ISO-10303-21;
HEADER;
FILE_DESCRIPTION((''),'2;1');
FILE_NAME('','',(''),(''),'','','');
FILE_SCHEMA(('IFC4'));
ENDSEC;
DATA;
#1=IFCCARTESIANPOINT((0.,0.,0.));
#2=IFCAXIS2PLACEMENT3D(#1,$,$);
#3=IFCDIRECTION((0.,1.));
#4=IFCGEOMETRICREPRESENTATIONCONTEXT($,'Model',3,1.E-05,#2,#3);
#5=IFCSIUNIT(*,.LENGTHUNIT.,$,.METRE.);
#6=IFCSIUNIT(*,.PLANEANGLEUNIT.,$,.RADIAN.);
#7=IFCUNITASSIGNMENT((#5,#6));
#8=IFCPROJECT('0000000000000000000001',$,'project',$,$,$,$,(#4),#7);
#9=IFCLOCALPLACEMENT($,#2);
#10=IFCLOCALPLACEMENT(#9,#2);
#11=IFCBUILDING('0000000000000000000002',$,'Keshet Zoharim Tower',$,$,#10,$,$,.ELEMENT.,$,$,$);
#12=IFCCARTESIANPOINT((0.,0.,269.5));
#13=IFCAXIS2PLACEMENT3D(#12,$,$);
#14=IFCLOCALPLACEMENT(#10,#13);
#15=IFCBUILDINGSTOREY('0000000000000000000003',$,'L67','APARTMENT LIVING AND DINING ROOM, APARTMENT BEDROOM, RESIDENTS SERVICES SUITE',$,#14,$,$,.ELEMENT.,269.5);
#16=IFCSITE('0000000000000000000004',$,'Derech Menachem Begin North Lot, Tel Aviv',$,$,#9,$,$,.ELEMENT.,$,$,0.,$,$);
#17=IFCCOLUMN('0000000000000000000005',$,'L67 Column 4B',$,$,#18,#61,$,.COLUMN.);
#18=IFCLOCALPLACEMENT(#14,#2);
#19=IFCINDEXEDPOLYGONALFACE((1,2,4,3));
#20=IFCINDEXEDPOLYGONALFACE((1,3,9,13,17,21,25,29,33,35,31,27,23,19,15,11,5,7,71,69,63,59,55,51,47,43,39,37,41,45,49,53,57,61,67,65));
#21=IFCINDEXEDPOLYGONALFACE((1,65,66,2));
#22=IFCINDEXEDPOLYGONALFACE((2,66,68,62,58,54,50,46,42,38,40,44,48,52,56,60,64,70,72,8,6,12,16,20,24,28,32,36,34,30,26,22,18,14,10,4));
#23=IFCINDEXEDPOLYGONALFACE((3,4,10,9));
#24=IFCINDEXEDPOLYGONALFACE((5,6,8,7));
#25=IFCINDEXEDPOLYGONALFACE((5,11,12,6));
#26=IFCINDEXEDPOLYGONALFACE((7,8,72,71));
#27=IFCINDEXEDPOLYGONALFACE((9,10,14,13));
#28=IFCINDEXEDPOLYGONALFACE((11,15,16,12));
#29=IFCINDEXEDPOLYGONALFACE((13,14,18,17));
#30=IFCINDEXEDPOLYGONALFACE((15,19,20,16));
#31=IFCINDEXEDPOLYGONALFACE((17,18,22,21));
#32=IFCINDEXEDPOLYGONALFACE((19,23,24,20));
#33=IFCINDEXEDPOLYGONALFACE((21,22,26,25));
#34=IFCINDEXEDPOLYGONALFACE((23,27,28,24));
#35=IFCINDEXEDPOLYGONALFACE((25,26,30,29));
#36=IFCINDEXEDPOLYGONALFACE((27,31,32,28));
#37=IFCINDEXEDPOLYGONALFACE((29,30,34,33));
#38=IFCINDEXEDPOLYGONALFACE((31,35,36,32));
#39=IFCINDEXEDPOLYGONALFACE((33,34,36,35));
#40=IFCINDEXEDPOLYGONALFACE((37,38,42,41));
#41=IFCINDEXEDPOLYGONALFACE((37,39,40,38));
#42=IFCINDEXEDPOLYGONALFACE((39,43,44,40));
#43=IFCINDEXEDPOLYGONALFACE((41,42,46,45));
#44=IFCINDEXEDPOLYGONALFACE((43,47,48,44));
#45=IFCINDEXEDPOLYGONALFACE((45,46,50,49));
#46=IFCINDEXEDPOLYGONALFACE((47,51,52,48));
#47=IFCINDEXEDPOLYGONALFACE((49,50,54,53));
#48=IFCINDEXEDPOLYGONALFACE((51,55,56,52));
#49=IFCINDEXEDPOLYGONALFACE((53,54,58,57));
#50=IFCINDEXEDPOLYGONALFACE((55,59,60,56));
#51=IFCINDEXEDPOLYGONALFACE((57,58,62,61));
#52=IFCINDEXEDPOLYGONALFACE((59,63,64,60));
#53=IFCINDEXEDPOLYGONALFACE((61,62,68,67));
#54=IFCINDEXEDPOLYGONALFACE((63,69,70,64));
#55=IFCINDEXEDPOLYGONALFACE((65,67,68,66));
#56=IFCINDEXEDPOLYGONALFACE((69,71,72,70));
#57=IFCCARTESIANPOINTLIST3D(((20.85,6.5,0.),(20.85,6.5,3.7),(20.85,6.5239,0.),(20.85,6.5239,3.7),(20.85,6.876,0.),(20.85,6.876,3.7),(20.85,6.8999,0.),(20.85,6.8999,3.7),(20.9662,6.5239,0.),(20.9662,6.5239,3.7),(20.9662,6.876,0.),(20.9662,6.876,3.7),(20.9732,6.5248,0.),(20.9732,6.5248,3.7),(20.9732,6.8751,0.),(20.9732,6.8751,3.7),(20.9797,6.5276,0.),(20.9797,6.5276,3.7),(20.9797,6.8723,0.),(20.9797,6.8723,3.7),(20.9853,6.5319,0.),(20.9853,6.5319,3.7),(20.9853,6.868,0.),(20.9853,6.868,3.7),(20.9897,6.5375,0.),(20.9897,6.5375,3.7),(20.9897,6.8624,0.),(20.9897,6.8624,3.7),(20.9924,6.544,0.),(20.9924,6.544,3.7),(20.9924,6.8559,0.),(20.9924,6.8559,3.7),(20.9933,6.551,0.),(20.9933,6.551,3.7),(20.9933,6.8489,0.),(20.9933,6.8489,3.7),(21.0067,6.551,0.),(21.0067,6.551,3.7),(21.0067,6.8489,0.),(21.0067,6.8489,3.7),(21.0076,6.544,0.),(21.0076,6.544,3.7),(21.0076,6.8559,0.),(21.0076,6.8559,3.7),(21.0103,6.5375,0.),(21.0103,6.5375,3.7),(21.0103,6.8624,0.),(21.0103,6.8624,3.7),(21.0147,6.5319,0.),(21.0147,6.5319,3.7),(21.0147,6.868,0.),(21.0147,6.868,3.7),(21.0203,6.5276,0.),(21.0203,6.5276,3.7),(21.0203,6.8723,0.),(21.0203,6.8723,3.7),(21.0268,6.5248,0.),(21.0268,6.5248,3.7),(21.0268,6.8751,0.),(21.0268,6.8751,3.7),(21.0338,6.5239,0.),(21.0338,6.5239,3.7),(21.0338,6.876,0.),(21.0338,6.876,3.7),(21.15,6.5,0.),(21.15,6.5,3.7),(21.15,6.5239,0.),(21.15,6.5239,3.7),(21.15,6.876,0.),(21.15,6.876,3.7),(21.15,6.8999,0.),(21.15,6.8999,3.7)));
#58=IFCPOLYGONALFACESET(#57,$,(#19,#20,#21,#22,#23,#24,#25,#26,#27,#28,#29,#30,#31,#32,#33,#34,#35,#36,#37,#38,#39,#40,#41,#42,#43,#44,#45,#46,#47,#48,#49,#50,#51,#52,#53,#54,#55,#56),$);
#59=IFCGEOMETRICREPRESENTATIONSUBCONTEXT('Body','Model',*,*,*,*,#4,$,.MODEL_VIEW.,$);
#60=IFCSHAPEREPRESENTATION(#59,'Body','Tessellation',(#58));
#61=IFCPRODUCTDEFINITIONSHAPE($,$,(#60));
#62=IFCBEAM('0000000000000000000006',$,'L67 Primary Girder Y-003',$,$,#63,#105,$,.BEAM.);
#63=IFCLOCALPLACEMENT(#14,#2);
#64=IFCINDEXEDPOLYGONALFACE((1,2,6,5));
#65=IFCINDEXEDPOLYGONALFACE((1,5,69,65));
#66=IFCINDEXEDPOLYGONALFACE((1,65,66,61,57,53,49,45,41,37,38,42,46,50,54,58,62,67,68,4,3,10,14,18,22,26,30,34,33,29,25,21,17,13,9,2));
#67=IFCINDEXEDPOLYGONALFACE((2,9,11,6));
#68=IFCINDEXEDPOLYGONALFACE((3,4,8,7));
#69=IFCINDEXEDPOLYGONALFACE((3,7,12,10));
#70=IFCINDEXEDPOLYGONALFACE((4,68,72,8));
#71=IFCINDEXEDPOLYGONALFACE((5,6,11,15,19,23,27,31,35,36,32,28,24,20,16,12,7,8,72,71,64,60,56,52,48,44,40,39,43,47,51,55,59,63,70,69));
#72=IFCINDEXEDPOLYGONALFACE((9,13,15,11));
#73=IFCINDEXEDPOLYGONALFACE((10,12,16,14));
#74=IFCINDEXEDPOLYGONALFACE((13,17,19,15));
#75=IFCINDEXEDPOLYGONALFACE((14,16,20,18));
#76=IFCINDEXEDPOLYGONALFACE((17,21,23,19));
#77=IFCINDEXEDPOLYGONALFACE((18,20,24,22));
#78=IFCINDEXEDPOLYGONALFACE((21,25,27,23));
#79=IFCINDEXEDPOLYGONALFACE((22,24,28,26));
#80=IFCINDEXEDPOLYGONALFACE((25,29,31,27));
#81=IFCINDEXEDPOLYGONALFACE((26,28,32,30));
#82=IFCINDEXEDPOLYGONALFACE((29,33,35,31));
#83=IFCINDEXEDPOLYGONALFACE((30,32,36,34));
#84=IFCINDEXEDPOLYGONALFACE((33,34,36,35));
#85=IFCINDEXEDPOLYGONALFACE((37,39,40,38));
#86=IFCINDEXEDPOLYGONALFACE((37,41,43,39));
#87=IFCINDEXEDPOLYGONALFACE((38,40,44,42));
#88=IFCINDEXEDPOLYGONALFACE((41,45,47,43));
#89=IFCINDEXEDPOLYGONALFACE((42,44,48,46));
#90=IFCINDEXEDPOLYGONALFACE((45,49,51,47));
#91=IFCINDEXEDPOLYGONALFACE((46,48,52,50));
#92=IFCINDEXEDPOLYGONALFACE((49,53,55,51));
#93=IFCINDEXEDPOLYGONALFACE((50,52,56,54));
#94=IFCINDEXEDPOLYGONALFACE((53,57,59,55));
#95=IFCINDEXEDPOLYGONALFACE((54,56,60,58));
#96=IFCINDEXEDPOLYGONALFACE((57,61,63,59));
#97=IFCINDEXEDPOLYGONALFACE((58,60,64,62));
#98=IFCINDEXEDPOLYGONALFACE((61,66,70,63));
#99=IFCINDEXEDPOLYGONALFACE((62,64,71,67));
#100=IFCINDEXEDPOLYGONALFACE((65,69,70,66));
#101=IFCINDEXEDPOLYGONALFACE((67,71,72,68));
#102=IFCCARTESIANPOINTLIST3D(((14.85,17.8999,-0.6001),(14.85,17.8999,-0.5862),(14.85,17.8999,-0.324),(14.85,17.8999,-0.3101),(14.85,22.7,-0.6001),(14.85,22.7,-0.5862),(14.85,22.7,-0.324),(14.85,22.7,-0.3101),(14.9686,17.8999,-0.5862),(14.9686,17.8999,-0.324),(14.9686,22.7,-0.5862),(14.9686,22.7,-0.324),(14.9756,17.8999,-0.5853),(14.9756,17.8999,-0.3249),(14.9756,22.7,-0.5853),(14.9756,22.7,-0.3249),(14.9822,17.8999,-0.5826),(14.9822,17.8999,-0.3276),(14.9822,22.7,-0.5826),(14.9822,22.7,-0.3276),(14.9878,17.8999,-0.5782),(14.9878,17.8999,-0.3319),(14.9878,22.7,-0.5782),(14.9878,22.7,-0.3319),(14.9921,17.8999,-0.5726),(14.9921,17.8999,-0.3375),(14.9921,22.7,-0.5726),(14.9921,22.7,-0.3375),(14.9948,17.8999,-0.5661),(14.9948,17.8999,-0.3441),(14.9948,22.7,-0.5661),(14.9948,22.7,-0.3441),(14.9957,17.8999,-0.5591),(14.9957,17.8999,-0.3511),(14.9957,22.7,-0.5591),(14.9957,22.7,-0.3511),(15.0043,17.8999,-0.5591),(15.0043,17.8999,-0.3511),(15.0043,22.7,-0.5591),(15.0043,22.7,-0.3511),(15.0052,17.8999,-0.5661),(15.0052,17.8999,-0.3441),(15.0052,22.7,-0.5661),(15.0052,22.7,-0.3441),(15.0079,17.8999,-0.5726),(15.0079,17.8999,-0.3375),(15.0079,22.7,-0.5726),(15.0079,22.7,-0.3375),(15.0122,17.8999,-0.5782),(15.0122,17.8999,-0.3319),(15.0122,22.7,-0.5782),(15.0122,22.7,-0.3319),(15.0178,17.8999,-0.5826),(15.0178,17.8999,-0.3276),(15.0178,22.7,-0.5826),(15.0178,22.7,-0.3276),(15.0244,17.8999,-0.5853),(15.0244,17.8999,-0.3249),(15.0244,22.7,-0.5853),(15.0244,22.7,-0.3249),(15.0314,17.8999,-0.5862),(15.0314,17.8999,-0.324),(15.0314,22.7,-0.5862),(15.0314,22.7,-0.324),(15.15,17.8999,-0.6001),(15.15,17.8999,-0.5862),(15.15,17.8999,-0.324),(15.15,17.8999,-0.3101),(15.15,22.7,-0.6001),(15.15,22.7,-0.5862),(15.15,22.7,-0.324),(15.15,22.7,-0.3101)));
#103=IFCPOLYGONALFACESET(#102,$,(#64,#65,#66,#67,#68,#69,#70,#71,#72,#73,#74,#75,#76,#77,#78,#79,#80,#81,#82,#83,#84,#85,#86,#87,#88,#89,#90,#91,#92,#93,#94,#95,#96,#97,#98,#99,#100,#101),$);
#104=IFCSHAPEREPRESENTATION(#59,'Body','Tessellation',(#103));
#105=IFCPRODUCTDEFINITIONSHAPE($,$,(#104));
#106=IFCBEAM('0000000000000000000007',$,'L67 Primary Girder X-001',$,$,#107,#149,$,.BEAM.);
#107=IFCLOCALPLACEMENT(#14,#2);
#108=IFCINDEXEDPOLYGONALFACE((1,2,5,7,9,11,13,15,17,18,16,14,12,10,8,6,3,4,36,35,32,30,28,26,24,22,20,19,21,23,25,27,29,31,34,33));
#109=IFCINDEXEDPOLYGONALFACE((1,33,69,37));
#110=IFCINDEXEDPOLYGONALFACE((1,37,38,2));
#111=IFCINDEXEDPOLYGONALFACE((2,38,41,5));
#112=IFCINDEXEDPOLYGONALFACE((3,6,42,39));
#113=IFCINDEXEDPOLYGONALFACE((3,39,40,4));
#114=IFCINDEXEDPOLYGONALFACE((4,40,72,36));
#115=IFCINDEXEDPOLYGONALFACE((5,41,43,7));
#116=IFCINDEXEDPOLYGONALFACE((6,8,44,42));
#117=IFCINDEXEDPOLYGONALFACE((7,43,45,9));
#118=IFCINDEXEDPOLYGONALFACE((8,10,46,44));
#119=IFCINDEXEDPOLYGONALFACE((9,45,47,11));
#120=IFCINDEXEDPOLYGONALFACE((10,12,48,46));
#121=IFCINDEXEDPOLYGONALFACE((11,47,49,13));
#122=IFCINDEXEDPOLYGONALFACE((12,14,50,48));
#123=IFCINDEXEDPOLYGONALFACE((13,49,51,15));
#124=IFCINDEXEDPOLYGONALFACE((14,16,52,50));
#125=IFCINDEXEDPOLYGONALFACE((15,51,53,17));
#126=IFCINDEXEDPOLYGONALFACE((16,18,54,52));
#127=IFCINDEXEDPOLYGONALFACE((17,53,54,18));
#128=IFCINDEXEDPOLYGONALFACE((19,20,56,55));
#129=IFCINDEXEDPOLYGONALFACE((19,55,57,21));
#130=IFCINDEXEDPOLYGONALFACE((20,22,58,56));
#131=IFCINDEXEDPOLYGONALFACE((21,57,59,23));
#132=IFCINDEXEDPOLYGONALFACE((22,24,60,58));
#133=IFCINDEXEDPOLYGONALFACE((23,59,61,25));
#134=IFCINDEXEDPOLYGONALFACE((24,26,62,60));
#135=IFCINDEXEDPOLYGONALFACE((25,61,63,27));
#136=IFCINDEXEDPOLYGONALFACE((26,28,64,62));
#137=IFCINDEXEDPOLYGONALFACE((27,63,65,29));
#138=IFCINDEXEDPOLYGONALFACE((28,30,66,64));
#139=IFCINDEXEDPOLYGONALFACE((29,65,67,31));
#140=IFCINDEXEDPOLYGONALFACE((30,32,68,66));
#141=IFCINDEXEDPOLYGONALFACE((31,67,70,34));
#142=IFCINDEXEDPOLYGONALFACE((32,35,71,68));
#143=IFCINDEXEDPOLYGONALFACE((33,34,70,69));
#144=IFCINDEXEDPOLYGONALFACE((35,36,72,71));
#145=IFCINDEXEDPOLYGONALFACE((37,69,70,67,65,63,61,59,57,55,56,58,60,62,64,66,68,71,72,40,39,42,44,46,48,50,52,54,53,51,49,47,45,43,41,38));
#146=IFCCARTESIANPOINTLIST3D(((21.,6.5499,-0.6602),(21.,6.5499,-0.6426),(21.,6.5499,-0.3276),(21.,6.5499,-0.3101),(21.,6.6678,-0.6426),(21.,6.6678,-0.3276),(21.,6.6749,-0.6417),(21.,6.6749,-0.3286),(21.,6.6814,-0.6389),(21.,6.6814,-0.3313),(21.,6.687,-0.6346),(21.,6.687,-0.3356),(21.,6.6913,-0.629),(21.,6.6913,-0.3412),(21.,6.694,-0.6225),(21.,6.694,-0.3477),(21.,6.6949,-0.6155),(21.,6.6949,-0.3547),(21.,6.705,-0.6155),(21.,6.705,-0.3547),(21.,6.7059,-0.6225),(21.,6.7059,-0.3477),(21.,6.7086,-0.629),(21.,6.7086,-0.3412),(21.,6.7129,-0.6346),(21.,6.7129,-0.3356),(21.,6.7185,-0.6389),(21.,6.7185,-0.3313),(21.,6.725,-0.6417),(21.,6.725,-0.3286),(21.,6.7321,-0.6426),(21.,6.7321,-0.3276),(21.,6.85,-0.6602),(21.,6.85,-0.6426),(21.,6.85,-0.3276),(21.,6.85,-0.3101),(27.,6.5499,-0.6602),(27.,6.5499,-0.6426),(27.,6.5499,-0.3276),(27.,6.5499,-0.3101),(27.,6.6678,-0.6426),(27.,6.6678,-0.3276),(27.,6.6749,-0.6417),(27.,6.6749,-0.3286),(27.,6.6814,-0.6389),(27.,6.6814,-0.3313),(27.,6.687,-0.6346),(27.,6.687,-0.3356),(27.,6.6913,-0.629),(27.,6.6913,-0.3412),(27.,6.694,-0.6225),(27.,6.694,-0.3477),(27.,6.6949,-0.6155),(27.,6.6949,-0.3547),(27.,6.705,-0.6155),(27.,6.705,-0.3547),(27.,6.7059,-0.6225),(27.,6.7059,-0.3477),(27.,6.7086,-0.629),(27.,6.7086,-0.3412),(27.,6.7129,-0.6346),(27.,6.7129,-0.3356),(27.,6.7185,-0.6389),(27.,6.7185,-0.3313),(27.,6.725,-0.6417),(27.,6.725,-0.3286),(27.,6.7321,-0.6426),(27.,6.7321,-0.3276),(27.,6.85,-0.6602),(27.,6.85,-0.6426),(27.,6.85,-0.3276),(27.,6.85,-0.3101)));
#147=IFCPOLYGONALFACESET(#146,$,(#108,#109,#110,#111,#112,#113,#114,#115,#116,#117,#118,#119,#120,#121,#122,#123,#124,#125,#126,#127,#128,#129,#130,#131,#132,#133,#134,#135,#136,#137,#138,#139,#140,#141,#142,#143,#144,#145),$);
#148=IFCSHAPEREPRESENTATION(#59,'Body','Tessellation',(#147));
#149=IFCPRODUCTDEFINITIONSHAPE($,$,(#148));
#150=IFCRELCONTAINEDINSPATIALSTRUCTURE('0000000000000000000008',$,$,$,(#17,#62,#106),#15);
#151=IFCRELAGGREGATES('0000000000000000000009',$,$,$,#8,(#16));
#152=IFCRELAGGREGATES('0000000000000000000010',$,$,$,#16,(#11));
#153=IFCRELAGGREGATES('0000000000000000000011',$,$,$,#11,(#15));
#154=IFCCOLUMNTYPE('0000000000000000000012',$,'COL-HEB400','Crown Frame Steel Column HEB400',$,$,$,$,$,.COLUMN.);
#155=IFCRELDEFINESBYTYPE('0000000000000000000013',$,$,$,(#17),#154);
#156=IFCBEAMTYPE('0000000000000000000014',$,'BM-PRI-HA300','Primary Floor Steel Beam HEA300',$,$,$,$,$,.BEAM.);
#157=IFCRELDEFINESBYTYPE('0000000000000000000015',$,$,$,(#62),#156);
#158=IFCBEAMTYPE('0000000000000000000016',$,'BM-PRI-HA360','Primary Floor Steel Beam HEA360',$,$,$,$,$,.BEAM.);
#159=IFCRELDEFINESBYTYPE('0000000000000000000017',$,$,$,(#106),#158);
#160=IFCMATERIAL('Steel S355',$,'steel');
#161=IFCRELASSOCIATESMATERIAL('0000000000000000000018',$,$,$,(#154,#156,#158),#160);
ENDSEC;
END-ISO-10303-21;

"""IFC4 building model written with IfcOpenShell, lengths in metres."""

from ifc_helpers import new_model, si_unit, direction, frame, origin, origin_2d, place, context, subcontext, project, spatial, i_section, extrude, material, material_profile, profile_set, type_object, element, save


model = new_model("IFC4")

# Units and contexts
model_context = context("Model", 3, precision=1e-05, world=origin(), true_north=direction((0.0, 1.0)))
body_context = subcontext(model_context, "Body", "Model", "MODEL_VIEW")
ifc_project = project(units=[si_unit("LENGTHUNIT", "METRE"), si_unit("PLANEANGLEUNIT", "RADIAN")], contexts=[model_context])

# Site, building, storey
site_placement = place(None, origin())
site = spatial("IfcSite", under=ifc_project, at=site_placement, Name="Derech Menachem Begin North Lot, Tel Aviv", CompositionType="ELEMENT", RefElevation=0.0)
building_placement = place(site_placement, origin())
building = spatial("IfcBuilding", under=site, at=building_placement, Name="Keshet Zoharim Tower", CompositionType="ELEMENT")
storey_placement = place(building_placement, frame((0.0, 0.0, 269.5)))
storey = spatial("IfcBuildingStorey", under=building, at=storey_placement, Name="L67", Description="APARTMENT LIVING AND DINING ROOM, APARTMENT BEDROOM, RESIDENTS SERVICES SUITE", CompositionType="ELEMENT", Elevation=269.5)

# Column
ifc_material_1 = material(Name="Steel S355", Category="steel")
ifc_material_profile_1 = material_profile(ifc_material_1, i_section(OverallWidth=0.3, OverallDepth=0.3999, WebThickness=0.0134, FlangeThickness=0.0239, FilletRadius=0.0271, at=origin_2d()), Name="HEB400")
ifc_profile_set_1 = profile_set([ifc_material_profile_1], Name="Steel S355")
column_type = type_object("IfcColumnType", Name="COL-HEB400", Description="Crown Frame Steel Column HEB400", PredefinedType="COLUMN", material=ifc_profile_set_1)
column_placement = place(storey_placement, frame((21.0, 6.7, 0.0), z_axis=(0.0, 0.0, 1.0), x_axis=(1.0, 0.0, 0.0)))
element("IfcColumn", 1, at=column_placement, inside=storey, type_object=column_type, Name="L67 Column 4B", PredefinedType="COLUMN", context=body_context, shape_type="SweptSolid", body=[
    extrude(i_section(OverallWidth=0.3, OverallDepth=0.3999, WebThickness=0.0134, FlangeThickness=0.0239, FilletRadius=0.0271, at=origin_2d()), origin(), (0.0, 0.0, 1.0), 3.7),
])

# Beams
ifc_material_profile_2 = material_profile(ifc_material_1, i_section(OverallWidth=0.3, OverallDepth=0.29, WebThickness=0.0085, FlangeThickness=0.0139, FilletRadius=0.0271, at=origin_2d()), Name="HEA300")
ifc_profile_set_2 = profile_set([ifc_material_profile_2], Name="Steel S355")
beam_type_1 = type_object("IfcBeamType", Name="BM-PRI-HA300", Description="Primary Floor Steel Beam HEA300", PredefinedType="BEAM", material=ifc_profile_set_2)
beam_1_placement = place(storey_placement, frame((15.0, 17.8999, -0.4551), z_axis=(0.0, 1.0, 0.0), x_axis=(-1.0, 0.0, 0.0)))
element("IfcBeam", 2, at=beam_1_placement, inside=storey, type_object=beam_type_1, Name="L67 Primary Girder Y-003", PredefinedType="BEAM", context=body_context, shape_type="SweptSolid", body=[
    extrude(i_section(OverallWidth=0.3, OverallDepth=0.29, WebThickness=0.0085, FlangeThickness=0.0139, FilletRadius=0.0271, at=origin_2d()), origin(), (0.0, 0.0, 1.0), 4.8),
])
ifc_material_profile_3 = material_profile(ifc_material_1, i_section(OverallWidth=0.3, OverallDepth=0.3501, WebThickness=0.01, FlangeThickness=0.0176, FilletRadius=0.0271, at=origin_2d()), Name="HEA360")
ifc_profile_set_3 = profile_set([ifc_material_profile_3], Name="Steel S355")
beam_type_2 = type_object("IfcBeamType", Name="BM-PRI-HA360", Description="Primary Floor Steel Beam HEA360", PredefinedType="BEAM", material=ifc_profile_set_3)
beam_2_placement = place(storey_placement, frame((21.0, 6.7, -0.4851), z_axis=(1.0, 0.0, 0.0), x_axis=(0.0, 1.0, 0.0)))
element("IfcBeam", 3, at=beam_2_placement, inside=storey, type_object=beam_type_2, Name="L67 Primary Girder X-001", PredefinedType="BEAM", context=body_context, shape_type="SweptSolid", body=[
    extrude(i_section(OverallWidth=0.3, OverallDepth=0.3501, WebThickness=0.01, FlangeThickness=0.0176, FilletRadius=0.0271, at=origin_2d()), origin(), (0.0, 0.0, 1.0), 6.0),
])

save(model, "model.ifc")
